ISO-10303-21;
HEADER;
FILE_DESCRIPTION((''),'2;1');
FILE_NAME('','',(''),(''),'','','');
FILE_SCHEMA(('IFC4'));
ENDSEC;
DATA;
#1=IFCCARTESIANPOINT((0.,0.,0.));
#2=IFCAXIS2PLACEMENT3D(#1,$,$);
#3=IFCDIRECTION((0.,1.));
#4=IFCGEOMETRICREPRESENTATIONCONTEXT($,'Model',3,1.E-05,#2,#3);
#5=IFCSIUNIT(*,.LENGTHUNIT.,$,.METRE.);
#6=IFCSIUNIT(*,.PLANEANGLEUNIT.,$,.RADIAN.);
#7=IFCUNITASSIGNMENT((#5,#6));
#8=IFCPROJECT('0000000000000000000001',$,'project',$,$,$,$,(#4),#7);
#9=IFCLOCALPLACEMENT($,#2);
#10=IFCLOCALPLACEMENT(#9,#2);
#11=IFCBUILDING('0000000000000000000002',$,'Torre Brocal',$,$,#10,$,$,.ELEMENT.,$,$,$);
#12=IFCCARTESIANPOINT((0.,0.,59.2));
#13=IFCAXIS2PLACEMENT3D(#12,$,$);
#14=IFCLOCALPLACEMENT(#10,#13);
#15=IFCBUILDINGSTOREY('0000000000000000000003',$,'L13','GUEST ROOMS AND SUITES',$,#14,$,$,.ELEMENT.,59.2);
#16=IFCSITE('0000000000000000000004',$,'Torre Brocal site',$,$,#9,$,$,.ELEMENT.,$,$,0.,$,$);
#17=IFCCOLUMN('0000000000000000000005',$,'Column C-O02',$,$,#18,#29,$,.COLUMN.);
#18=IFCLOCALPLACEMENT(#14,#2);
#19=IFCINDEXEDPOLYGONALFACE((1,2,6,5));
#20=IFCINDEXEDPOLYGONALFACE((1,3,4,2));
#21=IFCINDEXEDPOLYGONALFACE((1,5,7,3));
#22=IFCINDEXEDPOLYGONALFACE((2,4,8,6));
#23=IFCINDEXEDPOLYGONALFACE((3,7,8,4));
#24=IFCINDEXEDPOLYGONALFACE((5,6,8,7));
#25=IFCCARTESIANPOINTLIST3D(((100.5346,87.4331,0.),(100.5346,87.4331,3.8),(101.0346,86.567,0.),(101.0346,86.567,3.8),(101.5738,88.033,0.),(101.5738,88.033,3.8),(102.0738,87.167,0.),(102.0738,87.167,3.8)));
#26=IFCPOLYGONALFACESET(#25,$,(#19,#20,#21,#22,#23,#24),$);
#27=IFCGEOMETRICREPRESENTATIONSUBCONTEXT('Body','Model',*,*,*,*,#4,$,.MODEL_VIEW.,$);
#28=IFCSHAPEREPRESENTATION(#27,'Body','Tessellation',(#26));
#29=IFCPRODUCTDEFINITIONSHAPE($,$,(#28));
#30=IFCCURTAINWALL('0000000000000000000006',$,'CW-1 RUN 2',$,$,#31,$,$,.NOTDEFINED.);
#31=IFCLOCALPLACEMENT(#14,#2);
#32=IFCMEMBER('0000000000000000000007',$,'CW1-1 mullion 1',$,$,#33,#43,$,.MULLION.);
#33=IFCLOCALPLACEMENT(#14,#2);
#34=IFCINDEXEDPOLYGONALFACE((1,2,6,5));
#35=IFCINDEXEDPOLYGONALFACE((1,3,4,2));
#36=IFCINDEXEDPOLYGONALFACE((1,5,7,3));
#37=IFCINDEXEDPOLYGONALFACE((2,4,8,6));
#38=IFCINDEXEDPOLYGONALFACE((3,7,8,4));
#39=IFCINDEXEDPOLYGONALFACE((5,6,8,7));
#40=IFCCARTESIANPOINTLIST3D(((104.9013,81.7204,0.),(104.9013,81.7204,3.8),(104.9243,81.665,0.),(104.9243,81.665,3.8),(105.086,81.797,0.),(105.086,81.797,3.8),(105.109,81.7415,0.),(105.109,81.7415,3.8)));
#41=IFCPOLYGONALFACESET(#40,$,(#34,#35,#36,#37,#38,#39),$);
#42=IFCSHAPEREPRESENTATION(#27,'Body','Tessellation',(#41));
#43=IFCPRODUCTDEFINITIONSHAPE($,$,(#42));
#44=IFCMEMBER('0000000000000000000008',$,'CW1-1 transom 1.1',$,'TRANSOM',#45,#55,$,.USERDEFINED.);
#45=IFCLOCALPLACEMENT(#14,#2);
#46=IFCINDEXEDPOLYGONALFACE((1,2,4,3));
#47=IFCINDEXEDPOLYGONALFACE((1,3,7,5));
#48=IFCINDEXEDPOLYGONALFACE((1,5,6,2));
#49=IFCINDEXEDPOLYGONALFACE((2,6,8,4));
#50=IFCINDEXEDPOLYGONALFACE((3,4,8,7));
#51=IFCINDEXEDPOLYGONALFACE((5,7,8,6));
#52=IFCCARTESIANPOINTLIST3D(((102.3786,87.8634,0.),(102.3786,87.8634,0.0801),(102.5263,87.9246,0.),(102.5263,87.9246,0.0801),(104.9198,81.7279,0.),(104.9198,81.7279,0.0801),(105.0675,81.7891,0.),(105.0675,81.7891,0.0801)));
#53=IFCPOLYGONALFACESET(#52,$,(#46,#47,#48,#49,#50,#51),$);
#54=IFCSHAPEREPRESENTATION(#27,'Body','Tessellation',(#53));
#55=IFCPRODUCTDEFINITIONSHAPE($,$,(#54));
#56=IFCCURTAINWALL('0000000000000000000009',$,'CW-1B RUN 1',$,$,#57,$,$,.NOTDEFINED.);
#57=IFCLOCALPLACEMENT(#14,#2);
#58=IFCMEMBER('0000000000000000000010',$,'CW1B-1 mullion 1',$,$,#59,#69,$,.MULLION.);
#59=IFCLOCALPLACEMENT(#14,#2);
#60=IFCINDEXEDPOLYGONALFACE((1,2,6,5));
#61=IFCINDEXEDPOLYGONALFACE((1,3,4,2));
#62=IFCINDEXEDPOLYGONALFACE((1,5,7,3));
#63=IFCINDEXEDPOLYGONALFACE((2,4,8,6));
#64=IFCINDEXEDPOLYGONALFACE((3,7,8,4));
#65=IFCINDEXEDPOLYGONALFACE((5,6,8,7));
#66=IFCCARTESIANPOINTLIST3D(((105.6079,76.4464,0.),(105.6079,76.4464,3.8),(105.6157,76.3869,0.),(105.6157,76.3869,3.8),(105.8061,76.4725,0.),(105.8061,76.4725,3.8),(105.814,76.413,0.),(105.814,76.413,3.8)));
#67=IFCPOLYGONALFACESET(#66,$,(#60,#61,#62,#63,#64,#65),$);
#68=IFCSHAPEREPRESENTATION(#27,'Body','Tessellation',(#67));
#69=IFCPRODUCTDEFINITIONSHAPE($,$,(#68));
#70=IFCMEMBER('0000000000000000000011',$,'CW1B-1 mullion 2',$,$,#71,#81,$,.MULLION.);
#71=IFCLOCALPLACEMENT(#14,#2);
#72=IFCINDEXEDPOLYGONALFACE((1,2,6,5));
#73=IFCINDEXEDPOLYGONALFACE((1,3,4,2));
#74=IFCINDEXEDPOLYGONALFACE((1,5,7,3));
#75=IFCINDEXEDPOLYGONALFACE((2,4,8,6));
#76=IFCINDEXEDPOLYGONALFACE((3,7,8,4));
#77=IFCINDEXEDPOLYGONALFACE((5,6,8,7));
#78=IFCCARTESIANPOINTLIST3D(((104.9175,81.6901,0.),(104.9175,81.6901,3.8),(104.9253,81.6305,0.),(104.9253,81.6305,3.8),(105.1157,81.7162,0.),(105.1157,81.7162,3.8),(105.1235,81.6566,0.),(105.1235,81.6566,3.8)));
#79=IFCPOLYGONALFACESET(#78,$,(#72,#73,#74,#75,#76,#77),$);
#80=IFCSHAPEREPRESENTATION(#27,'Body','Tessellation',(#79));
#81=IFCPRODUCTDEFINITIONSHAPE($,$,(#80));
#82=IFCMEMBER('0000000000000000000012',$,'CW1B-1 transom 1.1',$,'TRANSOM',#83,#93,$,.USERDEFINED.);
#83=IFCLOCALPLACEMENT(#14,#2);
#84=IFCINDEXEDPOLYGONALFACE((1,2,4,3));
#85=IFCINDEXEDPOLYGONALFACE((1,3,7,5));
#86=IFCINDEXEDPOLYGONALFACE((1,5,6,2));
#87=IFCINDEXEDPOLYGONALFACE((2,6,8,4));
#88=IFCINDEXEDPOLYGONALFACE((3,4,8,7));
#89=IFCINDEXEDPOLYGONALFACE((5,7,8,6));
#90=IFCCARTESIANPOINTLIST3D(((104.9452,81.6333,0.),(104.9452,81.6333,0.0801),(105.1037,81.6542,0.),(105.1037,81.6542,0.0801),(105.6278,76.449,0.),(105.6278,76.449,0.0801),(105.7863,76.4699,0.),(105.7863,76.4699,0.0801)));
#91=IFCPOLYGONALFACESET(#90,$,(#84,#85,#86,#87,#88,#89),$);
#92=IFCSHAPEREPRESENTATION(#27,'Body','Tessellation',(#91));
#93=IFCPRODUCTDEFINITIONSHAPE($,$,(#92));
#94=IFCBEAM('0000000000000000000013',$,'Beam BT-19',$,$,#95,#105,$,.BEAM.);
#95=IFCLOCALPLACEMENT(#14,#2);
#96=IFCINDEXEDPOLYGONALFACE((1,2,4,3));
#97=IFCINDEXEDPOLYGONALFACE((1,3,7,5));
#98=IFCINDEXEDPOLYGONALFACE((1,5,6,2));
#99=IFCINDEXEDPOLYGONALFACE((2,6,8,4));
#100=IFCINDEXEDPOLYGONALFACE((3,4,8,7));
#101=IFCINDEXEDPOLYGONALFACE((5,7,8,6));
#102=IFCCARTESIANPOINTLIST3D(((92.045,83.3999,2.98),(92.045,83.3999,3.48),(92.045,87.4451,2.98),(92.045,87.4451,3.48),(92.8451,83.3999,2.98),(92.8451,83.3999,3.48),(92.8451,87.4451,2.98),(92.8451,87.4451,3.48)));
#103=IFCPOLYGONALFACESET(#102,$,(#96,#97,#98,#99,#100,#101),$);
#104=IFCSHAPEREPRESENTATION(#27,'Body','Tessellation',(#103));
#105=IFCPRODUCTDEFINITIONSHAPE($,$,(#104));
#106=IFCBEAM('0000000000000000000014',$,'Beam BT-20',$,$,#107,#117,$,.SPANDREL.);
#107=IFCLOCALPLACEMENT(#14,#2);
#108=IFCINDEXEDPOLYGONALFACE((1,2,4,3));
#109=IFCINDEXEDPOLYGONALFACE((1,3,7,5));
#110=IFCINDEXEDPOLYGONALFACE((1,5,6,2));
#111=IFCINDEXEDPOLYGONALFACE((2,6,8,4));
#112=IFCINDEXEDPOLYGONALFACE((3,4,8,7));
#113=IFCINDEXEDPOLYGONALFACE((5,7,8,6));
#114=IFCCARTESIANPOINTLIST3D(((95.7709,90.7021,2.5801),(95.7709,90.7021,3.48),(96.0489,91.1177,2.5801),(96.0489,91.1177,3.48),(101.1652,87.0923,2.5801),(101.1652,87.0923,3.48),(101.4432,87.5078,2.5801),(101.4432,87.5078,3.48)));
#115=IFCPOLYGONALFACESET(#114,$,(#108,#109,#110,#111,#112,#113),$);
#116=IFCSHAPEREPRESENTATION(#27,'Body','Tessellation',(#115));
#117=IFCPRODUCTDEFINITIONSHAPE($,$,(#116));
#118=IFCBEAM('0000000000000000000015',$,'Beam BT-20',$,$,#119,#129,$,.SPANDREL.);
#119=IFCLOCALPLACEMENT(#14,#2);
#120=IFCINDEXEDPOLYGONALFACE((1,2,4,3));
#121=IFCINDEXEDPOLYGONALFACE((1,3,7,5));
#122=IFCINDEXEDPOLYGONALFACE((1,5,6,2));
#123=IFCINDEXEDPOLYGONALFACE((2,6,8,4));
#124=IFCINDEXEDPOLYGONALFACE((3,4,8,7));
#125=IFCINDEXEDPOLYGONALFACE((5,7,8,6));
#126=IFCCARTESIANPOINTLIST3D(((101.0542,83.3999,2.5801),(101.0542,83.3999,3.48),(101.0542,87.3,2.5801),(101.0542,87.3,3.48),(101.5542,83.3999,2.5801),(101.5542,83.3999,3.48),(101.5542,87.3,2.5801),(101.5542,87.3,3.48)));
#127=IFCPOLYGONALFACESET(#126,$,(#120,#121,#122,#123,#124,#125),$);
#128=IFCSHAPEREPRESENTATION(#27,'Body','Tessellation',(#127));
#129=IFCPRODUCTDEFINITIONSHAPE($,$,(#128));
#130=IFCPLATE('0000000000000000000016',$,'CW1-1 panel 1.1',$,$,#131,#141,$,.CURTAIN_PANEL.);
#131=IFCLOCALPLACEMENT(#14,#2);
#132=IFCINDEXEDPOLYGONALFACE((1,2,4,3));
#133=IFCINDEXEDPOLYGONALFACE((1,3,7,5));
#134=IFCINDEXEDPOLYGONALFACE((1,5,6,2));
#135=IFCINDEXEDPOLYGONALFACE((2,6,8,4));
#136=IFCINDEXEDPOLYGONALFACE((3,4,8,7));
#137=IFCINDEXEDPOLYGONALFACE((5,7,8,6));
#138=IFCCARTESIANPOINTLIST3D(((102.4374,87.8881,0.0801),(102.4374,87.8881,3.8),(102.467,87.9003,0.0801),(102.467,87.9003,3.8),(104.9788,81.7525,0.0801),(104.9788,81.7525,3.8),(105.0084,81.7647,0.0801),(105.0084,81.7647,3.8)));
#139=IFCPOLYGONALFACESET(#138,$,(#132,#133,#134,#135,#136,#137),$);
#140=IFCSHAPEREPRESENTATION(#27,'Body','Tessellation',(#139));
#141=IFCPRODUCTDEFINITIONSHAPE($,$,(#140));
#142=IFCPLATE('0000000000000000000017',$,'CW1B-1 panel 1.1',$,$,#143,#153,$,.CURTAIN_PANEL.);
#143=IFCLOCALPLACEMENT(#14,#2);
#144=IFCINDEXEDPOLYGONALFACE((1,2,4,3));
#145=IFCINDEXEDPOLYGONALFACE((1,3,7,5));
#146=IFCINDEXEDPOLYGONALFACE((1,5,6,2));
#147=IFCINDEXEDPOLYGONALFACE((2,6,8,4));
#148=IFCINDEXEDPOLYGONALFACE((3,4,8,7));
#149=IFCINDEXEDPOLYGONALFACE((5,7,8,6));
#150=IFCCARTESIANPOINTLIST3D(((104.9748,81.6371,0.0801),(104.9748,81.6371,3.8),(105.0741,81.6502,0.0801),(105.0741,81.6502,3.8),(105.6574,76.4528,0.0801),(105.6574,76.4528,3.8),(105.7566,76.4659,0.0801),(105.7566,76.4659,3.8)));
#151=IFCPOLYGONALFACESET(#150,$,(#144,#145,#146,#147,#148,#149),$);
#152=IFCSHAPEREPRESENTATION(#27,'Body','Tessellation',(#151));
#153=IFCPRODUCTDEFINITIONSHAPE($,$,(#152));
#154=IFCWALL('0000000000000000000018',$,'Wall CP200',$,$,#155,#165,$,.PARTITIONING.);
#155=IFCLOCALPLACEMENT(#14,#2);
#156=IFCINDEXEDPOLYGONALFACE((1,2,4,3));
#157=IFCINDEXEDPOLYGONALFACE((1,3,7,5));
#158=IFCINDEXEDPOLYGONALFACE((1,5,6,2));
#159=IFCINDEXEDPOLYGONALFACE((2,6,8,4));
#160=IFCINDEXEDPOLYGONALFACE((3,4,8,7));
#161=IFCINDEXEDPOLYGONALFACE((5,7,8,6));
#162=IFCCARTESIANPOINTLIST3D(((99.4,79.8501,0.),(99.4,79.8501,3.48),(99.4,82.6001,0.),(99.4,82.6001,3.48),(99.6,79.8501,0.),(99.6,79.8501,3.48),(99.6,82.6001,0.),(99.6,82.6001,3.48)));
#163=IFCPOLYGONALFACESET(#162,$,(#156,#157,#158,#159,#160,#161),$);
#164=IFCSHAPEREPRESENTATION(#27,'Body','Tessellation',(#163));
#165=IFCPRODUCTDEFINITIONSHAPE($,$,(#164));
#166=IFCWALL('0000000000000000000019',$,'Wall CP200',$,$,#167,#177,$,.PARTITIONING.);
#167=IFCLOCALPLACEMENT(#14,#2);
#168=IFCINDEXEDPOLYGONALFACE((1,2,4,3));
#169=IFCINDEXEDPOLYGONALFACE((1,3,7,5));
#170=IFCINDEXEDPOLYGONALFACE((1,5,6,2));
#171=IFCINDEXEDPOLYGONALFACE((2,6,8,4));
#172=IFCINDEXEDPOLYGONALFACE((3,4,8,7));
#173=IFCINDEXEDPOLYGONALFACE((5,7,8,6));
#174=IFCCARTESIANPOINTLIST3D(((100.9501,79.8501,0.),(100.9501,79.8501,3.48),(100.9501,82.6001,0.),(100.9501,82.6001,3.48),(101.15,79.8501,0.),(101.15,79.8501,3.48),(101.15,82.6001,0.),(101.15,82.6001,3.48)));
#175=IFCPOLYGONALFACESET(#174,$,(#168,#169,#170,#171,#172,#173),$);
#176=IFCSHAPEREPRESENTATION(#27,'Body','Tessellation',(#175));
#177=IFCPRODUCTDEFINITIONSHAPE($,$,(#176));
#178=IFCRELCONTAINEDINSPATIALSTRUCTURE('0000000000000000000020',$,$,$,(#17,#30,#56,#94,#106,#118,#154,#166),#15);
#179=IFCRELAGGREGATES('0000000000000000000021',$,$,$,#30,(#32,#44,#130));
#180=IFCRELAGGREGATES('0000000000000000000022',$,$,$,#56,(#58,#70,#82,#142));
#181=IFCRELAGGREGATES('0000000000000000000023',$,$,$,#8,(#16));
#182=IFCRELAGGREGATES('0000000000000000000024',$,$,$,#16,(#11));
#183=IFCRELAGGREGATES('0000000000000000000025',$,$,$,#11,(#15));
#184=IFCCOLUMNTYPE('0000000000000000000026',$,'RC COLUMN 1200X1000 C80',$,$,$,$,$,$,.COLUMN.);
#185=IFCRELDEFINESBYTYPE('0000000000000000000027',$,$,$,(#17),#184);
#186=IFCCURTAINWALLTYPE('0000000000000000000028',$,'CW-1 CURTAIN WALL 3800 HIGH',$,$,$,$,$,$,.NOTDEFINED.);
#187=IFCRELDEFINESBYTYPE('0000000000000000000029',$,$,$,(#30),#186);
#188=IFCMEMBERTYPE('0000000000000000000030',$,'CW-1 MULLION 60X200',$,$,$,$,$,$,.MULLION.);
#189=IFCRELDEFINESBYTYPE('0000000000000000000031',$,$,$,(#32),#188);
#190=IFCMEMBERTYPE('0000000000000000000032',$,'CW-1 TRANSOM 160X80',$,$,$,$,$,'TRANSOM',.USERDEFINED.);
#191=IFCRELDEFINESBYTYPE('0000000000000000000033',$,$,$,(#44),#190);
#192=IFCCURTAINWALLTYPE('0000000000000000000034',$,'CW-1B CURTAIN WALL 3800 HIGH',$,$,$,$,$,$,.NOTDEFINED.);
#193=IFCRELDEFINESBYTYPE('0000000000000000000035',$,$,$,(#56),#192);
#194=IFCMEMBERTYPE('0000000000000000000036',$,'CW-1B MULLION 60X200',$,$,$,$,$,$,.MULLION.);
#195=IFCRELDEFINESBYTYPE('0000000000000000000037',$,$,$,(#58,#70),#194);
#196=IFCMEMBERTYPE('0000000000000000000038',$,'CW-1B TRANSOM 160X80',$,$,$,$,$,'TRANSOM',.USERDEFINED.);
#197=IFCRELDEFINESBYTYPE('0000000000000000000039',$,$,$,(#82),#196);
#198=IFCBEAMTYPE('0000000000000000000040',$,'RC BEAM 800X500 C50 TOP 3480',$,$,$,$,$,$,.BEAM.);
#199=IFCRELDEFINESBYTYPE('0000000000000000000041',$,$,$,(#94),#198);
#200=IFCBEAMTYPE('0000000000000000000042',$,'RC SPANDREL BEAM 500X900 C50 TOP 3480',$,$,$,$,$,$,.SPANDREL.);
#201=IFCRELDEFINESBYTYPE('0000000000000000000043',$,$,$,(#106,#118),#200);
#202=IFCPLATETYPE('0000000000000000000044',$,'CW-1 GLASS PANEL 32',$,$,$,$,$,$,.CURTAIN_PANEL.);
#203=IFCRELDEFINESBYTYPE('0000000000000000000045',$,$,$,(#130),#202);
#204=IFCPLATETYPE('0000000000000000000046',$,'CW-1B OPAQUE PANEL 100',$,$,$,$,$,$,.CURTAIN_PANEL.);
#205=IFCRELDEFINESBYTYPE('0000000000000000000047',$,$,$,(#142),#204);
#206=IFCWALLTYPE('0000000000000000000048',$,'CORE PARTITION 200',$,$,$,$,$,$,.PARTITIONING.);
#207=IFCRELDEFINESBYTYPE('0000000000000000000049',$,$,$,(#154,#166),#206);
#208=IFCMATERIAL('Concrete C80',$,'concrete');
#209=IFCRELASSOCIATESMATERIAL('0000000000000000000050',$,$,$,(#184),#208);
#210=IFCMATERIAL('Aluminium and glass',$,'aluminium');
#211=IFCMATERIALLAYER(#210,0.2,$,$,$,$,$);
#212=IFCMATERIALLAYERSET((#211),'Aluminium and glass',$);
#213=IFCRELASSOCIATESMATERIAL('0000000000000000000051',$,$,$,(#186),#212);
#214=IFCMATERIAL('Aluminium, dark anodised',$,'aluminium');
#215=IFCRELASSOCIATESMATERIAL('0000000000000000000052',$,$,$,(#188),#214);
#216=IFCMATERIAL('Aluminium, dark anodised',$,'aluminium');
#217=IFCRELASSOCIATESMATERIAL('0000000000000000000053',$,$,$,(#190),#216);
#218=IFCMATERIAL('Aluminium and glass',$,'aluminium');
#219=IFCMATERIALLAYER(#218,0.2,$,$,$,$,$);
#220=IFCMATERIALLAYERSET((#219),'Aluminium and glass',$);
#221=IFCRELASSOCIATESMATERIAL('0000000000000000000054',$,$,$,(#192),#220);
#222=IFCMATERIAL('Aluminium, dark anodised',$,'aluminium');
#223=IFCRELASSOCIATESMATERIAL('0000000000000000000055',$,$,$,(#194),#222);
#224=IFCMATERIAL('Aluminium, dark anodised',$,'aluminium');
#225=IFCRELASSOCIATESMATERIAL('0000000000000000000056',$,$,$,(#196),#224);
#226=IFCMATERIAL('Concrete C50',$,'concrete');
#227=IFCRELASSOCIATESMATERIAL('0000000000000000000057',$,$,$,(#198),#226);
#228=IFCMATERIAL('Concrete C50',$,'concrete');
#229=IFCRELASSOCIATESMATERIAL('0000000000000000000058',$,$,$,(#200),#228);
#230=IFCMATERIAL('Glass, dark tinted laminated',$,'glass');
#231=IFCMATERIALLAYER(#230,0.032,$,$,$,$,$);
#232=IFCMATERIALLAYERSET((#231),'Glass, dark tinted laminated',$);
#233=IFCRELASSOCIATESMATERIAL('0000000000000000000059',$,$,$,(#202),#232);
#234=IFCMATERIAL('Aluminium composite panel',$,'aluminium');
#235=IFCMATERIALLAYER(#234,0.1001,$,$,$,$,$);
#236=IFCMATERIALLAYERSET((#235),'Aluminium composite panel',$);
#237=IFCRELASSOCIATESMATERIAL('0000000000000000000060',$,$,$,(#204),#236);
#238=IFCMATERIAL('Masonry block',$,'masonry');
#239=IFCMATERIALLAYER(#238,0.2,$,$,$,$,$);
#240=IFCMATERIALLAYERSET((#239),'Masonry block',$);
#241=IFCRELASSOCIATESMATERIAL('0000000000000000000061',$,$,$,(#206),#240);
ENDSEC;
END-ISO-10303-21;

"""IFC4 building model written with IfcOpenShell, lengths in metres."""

from ifc_helpers import new_model, si_unit, direction, frame, frame_2d, origin, origin_2d, place, context, subcontext, project, spatial, rectangle, extrude, material, layer, layer_set, material_profile, profile_set, type_object, element, aggregate, save


model = new_model("IFC4")

# Units and contexts
model_context = context("Model", 3, precision=1e-05, world=origin(), true_north=direction((0.0, 1.0)))
body_context = subcontext(model_context, "Body", "Model", "MODEL_VIEW")
ifc_project = project(units=[si_unit("LENGTHUNIT", "METRE"), si_unit("PLANEANGLEUNIT", "RADIAN")], contexts=[model_context])

# Site, building, storey
site_placement = place(None, origin())
site = spatial("IfcSite", under=ifc_project, at=site_placement, Name="Torre Brocal site", CompositionType="ELEMENT", RefElevation=0.0)
building_placement = place(site_placement, origin())
building = spatial("IfcBuilding", under=site, at=building_placement, Name="Torre Brocal", CompositionType="ELEMENT")
storey_placement = place(building_placement, frame((0.0, 0.0, 59.2)))
storey = spatial("IfcBuildingStorey", under=building, at=storey_placement, Name="L13", Description="GUEST ROOMS AND SUITES", CompositionType="ELEMENT", Elevation=59.2)

# Column
ifc_material_1 = material(Name="Concrete C80", Category="concrete")
ifc_material_profile_1 = material_profile(ifc_material_1, rectangle(XDim=1.2, YDim=1.0, at=origin_2d()), Name="RC 1200X1000")
ifc_profile_set_1 = profile_set([ifc_material_profile_1], Name="Concrete C80")
column_type = type_object("IfcColumnType", Name="RC COLUMN 1200X1000 C80", PredefinedType="COLUMN", material=ifc_profile_set_1)
column_placement = place(storey_placement, frame((101.3042, 87.3, 0.0), z_axis=(0.0, 0.0, 1.0), x_axis=(0.866025, 0.5, 0.0)))
element("IfcColumn", 1, at=column_placement, inside=storey, type_object=column_type, Name="Column C-O02", PredefinedType="COLUMN", context=body_context, shape_type="SweptSolid", body=[
    extrude(rectangle(XDim=1.2, YDim=1.0, at=origin_2d()), origin(), (0.0, 0.0, 1.0), 3.8),
])

# Curtain walls, members
ifc_material_2 = material(Name="Aluminium and glass", Category="aluminium")
ifc_layer_1 = layer(ifc_material_2, 0.2)
ifc_layer_set_1 = layer_set([ifc_layer_1], Name="Aluminium and glass")
curtain_wall_type_1 = type_object("IfcCurtainWallType", Name="CW-1 CURTAIN WALL 3800 HIGH", PredefinedType="NOTDEFINED", material=ifc_layer_set_1)
curtain_wall_1_placement = place(storey_placement, origin())
curtain_wall_1 = element("IfcCurtainWall", 2, at=curtain_wall_1_placement, inside=storey, type_object=curtain_wall_type_1, Name="CW-1 RUN 2", PredefinedType="NOTDEFINED")
ifc_material_3 = material(Name="Aluminium, dark anodised", Category="aluminium")
ifc_material_profile_2 = material_profile(ifc_material_3, rectangle(XDim=0.2, YDim=0.0601, at=origin_2d()), Name="CW-1 MULLION 60X200")
ifc_profile_set_2 = profile_set([ifc_material_profile_2], Name="Aluminium, dark anodised")
member_type_1 = type_object("IfcMemberType", Name="CW-1 MULLION 60X200", PredefinedType="MULLION", material=ifc_profile_set_2)
member_1_placement = place(storey_placement, frame((105.0051, 81.731, 0.0), z_axis=(0.0, 0.0, 1.0), x_axis=(-0.92388, -0.382683, 0.0)))
member_1 = element("IfcMember", 3, at=member_1_placement, type_object=member_type_1, Name="CW1-1 mullion 1", PredefinedType="MULLION", context=body_context, shape_type="SweptSolid", body=[
    extrude(rectangle(XDim=0.2, YDim=0.0601, at=origin_2d()), origin(), (0.0, 0.0, 1.0), 3.8),
])
ifc_material_4 = material(Name="Aluminium, dark anodised", Category="aluminium")
ifc_material_profile_3 = material_profile(ifc_material_4, rectangle(XDim=0.1599, YDim=0.0801, at=origin_2d()), Name="CW-1 TRANSOM 160X80")
ifc_profile_set_3 = profile_set([ifc_material_profile_3], Name="Aluminium, dark anodised")
member_type_2 = type_object("IfcMemberType", Name="CW-1 TRANSOM 160X80", ElementType="TRANSOM", PredefinedType="USERDEFINED", material=ifc_profile_set_3)
member_2_placement = place(storey_placement, frame((104.9937, 81.7585, 0.04), z_axis=(-0.382665, 0.923887, 0.0), x_axis=(-0.923887, -0.382665, 0.0)))
member_2 = element("IfcMember", 4, at=member_2_placement, type_object=member_type_2, Name="CW1-1 transom 1.1", ObjectType="TRANSOM", PredefinedType="USERDEFINED", context=body_context, shape_type="SweptSolid", body=[
    extrude(rectangle(XDim=0.1599, YDim=0.0801, at=origin_2d()), origin(), (0.0, 0.0, 1.0), 6.6409),
])
ifc_material_5 = material(Name="Aluminium and glass", Category="aluminium")
ifc_layer_2 = layer(ifc_material_5, 0.2)
ifc_layer_set_2 = layer_set([ifc_layer_2], Name="Aluminium and glass")
curtain_wall_type_2 = type_object("IfcCurtainWallType", Name="CW-1B CURTAIN WALL 3800 HIGH", PredefinedType="NOTDEFINED", material=ifc_layer_set_2)
curtain_wall_2_placement = place(storey_placement, origin())
curtain_wall_2 = element("IfcCurtainWall", 5, at=curtain_wall_2_placement, inside=storey, type_object=curtain_wall_type_2, Name="CW-1B RUN 1", PredefinedType="NOTDEFINED")
ifc_material_6 = material(Name="Aluminium, dark anodised", Category="aluminium")
ifc_material_profile_4 = material_profile(ifc_material_6, rectangle(XDim=0.2, YDim=0.0601, at=origin_2d()), Name="CW-1B MULLION 60X200")
ifc_profile_set_4 = profile_set([ifc_material_profile_4], Name="Aluminium, dark anodised")
member_type_3 = type_object("IfcMemberType", Name="CW-1B MULLION 60X200", PredefinedType="MULLION", material=ifc_profile_set_4)
member_3_placement = place(storey_placement, frame((105.7109, 76.4297, 0.0), z_axis=(0.0, 0.0, 1.0), x_axis=(-0.991445, -0.130526, 0.0)))
member_3 = element("IfcMember", 6, at=member_3_placement, type_object=member_type_3, Name="CW1B-1 mullion 1", PredefinedType="MULLION", context=body_context, shape_type="SweptSolid", body=[
    extrude(rectangle(XDim=0.2, YDim=0.0601, at=origin_2d()), origin(), (0.0, 0.0, 1.0), 3.8),
])
member_4_placement = place(storey_placement, frame((105.0205, 81.6733, 0.0), z_axis=(0.0, 0.0, 1.0), x_axis=(-0.991445, -0.130526, 0.0)))
member_4 = element("IfcMember", 7, at=member_4_placement, type_object=member_type_3, Name="CW1B-1 mullion 2", PredefinedType="MULLION", context=body_context, shape_type="SweptSolid", body=[
    extrude(rectangle(XDim=0.2, YDim=0.0601, at=origin_2d()), origin(), (0.0, 0.0, 1.0), 3.8),
])
ifc_material_7 = material(Name="Aluminium, dark anodised", Category="aluminium")
ifc_material_profile_5 = material_profile(ifc_material_7, rectangle(XDim=0.1599, YDim=0.0801, at=origin_2d()), Name="CW-1B TRANSOM 160X80")
ifc_profile_set_5 = profile_set([ifc_material_profile_5], Name="Aluminium, dark anodised")
member_type_4 = type_object("IfcMemberType", Name="CW-1B TRANSOM 160X80", ElementType="TRANSOM", PredefinedType="USERDEFINED", material=ifc_profile_set_5)
member_5_placement = place(storey_placement, frame((105.707, 76.4595, 0.04), z_axis=(-0.130543, 0.991443, 0.0), x_axis=(-0.991443, -0.130543, 0.0)))
member_5 = element("IfcMember", 8, at=member_5_placement, type_object=member_type_4, Name="CW1B-1 transom 1.1", ObjectType="TRANSOM", PredefinedType="USERDEFINED", context=body_context, shape_type="SweptSolid", body=[
    extrude(rectangle(XDim=0.1599, YDim=0.0801, at=origin_2d()), origin(), (0.0, 0.0, 1.0), 5.229),
])

# Beams
ifc_material_8 = material(Name="Concrete C50", Category="concrete")
ifc_material_profile_6 = material_profile(ifc_material_8, rectangle(XDim=0.8, YDim=0.5, at=origin_2d()), Name="RC 800X500")
ifc_profile_set_6 = profile_set([ifc_material_profile_6], Name="Concrete C50")
beam_type_1 = type_object("IfcBeamType", Name="RC BEAM 800X500 C50 TOP 3480", PredefinedType="BEAM", material=ifc_profile_set_6)
beam_1_placement = place(storey_placement, frame((92.4451, 87.4451, 3.23), z_axis=(0.0, -1.0, 0.0), x_axis=(1.0, 0.0, 0.0)))
element("IfcBeam", 9, at=beam_1_placement, inside=storey, type_object=beam_type_1, Name="Beam BT-19", PredefinedType="BEAM", context=body_context, shape_type="SweptSolid", body=[
    extrude(rectangle(XDim=0.8, YDim=0.5, at=origin_2d()), origin(), (0.0, 0.0, 1.0), 4.0452),
])
ifc_material_9 = material(Name="Concrete C50", Category="concrete")
ifc_material_profile_7 = material_profile(ifc_material_9, rectangle(XDim=0.5, YDim=0.8999, at=origin_2d()), Name="RC 500X900")
ifc_profile_set_7 = profile_set([ifc_material_profile_7], Name="Concrete C50")
beam_type_2 = type_object("IfcBeamType", Name="RC SPANDREL BEAM 500X900 C50 TOP 3480", PredefinedType="SPANDREL", material=ifc_profile_set_7)
beam_2_placement = place(storey_placement, frame((101.3042, 87.3, 3.03), z_axis=(-0.831077, 0.556158, 0.0), x_axis=(-0.556158, -0.831077, 0.0)))
element("IfcBeam", 10, at=beam_2_placement, inside=storey, type_object=beam_type_2, Name="Beam BT-20", PredefinedType="SPANDREL", context=body_context, shape_type="SweptSolid", body=[
    extrude(rectangle(XDim=0.5, YDim=0.8999, at=origin_2d()), origin(), (0.0, 0.0, 1.0), 6.4907),
])
beam_3_placement = place(storey_placement, frame((101.3042, 87.3, 3.03), z_axis=(0.0, -1.0, 0.0), x_axis=(1.0, 0.0, 0.0)))
element("IfcBeam", 11, at=beam_3_placement, inside=storey, type_object=beam_type_2, Name="Beam BT-20", PredefinedType="SPANDREL", context=body_context, shape_type="SweptSolid", body=[
    extrude(rectangle(XDim=0.5, YDim=0.8999, at=origin_2d()), origin(), (0.0, 0.0, 1.0), 3.9001),
])

# Plates
ifc_material_10 = material(Name="Glass, dark tinted laminated", Category="glass")
ifc_layer_3 = layer(ifc_material_10, 0.032)
ifc_layer_set_3 = layer_set([ifc_layer_3], Name="Glass, dark tinted laminated")
plate_type_1 = type_object("IfcPlateType", Name="CW-1 GLASS PANEL 32", PredefinedType="CURTAIN_PANEL", material=ifc_layer_set_3)
plate_1_placement = place(storey_placement, frame((103.7229, 84.8264, 0.0801), z_axis=(0.0, 0.0, 1.0), x_axis=(-0.382683, 0.92388, 0.0)))
plate_1 = element("IfcPlate", 12, at=plate_1_placement, type_object=plate_type_1, Name="CW1-1 panel 1.1", PredefinedType="CURTAIN_PANEL", context=body_context, shape_type="SweptSolid", body=[
    extrude(rectangle(XDim=6.6411, YDim=0.032, at=origin_2d()), origin(), (0.0, 0.0, 1.0), 3.72),
])
aggregate(curtain_wall_1, [member_1, member_2, plate_1])
ifc_material_11 = material(Name="Aluminium composite panel", Category="aluminium")
ifc_layer_4 = layer(ifc_material_11, 0.1001)
ifc_layer_set_4 = layer_set([ifc_layer_4], Name="Aluminium composite panel")
plate_type_2 = type_object("IfcPlateType", Name="CW-1B OPAQUE PANEL 100", PredefinedType="CURTAIN_PANEL", material=ifc_layer_set_4)
plate_2_placement = place(storey_placement, frame((105.3657, 79.0515, 0.0801), z_axis=(0.0, 0.0, 1.0), x_axis=(-0.130526, 0.991445, 0.0)))
plate_2 = element("IfcPlate", 13, at=plate_2_placement, type_object=plate_type_2, Name="CW1B-1 panel 1.1", PredefinedType="CURTAIN_PANEL", context=body_context, shape_type="SweptSolid", body=[
    extrude(rectangle(XDim=5.229, YDim=0.1001, at=origin_2d()), origin(), (0.0, 0.0, 1.0), 3.72),
])
aggregate(curtain_wall_2, [member_3, member_4, member_5, plate_2])

# Walls
ifc_material_12 = material(Name="Masonry block", Category="masonry")
ifc_layer_5 = layer(ifc_material_12, 0.2)
ifc_layer_set_5 = layer_set([ifc_layer_5], Name="Masonry block")
wall_type_1 = type_object("IfcWallType", Name="CORE PARTITION 200", PredefinedType="PARTITIONING", material=ifc_layer_set_5)
for number, where, z_axis, x_axis, name in (
    (14, (99.5, 79.8501, 0.0), (0.0, 0.0, 1.0), (0.0, 1.0, 0.0), "Wall CP200"),
    (15, (101.05, 79.8501, 0.0), (0.0, 0.0, 1.0), (0.0, 1.0, 0.0), "Wall CP200"),
):
    element("IfcWall", number, at=place(storey_placement, frame(where, z_axis=z_axis, x_axis=x_axis)), inside=storey, type_object=wall_type_1, Name=name, PredefinedType="PARTITIONING", context=body_context, shape_type="SweptSolid", body=[
        extrude(rectangle(XDim=2.75, YDim=0.2, at=frame_2d((1.375, 0.0))), origin(), (0.0, 0.0, 1.0), 3.48),
    ])

save(model, "model.ifc")
